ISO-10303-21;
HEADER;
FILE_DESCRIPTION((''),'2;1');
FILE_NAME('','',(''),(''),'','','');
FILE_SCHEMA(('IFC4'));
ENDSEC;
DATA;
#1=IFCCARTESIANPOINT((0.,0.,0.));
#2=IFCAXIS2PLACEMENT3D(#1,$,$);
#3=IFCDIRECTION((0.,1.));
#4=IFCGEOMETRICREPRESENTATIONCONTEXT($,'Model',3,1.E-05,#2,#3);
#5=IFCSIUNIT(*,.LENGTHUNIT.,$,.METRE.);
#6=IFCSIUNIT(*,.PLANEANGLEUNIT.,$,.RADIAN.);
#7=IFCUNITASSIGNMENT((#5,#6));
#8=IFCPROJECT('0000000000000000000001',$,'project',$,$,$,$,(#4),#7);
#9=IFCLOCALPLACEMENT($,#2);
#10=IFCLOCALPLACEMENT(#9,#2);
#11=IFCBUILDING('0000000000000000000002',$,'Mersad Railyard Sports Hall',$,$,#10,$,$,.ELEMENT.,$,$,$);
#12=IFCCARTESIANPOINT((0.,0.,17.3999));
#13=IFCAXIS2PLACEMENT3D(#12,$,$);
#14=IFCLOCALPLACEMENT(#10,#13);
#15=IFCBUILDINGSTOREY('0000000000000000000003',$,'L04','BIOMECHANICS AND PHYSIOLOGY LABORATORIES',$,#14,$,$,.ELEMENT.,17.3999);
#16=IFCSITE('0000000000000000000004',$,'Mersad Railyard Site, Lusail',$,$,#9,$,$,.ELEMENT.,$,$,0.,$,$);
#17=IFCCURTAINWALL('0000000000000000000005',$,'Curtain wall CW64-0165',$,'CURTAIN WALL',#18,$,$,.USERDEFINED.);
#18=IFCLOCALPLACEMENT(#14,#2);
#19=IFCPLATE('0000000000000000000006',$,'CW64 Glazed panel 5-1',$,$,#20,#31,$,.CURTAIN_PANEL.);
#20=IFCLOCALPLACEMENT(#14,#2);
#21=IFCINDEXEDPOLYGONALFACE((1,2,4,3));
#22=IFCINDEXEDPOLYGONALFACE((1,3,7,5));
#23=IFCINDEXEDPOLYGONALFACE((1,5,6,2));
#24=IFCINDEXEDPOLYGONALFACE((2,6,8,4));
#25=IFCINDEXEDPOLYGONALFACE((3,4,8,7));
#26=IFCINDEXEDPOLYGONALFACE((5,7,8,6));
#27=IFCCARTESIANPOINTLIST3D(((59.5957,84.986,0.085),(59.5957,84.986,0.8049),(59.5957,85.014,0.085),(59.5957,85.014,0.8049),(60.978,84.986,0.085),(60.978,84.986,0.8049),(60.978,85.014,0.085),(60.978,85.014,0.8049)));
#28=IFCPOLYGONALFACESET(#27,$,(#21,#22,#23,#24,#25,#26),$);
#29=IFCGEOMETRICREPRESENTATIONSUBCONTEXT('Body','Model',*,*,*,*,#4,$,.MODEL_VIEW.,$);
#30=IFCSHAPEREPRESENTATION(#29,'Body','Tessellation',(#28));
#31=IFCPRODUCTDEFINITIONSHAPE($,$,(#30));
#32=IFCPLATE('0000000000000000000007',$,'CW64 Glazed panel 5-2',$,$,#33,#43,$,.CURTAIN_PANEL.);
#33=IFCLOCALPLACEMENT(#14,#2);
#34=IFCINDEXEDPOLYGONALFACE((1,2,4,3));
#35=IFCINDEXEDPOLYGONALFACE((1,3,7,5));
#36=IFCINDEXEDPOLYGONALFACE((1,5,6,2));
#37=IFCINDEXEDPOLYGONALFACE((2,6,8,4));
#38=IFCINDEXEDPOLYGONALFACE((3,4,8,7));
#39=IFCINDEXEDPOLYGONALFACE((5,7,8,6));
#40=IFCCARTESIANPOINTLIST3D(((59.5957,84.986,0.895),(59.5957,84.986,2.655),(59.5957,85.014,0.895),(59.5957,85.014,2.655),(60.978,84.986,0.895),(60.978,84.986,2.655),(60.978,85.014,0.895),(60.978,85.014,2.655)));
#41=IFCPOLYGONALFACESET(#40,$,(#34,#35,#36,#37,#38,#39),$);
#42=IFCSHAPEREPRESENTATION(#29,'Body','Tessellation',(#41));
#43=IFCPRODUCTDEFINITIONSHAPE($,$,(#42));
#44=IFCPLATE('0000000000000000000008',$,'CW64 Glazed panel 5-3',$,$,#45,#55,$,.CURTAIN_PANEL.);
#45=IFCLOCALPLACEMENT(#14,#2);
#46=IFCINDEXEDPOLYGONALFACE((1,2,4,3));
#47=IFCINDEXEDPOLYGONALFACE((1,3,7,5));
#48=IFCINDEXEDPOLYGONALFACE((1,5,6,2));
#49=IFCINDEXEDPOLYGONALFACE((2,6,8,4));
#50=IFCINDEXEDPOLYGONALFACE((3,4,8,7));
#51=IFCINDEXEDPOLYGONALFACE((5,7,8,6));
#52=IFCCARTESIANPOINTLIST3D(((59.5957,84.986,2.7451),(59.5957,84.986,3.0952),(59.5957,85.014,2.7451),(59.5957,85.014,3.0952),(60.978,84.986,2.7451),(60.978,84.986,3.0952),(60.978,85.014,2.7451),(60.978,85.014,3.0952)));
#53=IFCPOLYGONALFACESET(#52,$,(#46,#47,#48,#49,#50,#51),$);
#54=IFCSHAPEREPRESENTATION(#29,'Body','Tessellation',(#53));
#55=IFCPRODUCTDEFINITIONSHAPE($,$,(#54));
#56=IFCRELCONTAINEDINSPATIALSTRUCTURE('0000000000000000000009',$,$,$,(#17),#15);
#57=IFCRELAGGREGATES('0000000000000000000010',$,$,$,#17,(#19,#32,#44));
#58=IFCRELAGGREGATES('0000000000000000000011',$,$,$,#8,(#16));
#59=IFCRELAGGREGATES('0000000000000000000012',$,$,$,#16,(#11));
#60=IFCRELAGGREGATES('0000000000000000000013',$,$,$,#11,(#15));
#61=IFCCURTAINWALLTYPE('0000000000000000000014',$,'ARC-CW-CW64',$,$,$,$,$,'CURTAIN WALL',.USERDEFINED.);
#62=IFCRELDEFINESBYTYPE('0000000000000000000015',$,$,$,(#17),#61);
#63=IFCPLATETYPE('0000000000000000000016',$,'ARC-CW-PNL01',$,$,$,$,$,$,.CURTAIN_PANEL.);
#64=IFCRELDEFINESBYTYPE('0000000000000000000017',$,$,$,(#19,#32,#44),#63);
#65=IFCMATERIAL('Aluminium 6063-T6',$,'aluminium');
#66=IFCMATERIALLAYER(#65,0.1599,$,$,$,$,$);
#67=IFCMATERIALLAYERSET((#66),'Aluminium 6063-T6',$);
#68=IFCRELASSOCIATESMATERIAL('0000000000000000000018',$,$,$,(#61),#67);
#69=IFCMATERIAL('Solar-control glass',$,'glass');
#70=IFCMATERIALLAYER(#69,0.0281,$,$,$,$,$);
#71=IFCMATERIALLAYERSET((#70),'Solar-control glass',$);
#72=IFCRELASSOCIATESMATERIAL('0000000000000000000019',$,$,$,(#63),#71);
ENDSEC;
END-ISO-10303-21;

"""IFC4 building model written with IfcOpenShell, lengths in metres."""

from ifc_helpers import new_model, si_unit, direction, frame, origin, origin_2d, place, context, subcontext, project, spatial, rectangle, extrude, material, layer, layer_set, type_object, element, aggregate, save


model = new_model("IFC4")

# Units and contexts
model_context = context("Model", 3, precision=1e-05, world=origin(), true_north=direction((0.0, 1.0)))
body_context = subcontext(model_context, "Body", "Model", "MODEL_VIEW")
ifc_project = project(units=[si_unit("LENGTHUNIT", "METRE"), si_unit("PLANEANGLEUNIT", "RADIAN")], contexts=[model_context])

# Site, building, storey
site_placement = place(None, origin())
site = spatial("IfcSite", under=ifc_project, at=site_placement, Name="Mersad Railyard Site, Lusail", CompositionType="ELEMENT", RefElevation=0.0)
building_placement = place(site_placement, origin())
building = spatial("IfcBuilding", under=site, at=building_placement, Name="Mersad Railyard Sports Hall", CompositionType="ELEMENT")
storey_placement = place(building_placement, frame((0.0, 0.0, 17.3999)))
storey = spatial("IfcBuildingStorey", under=building, at=storey_placement, Name="L04", Description="BIOMECHANICS AND PHYSIOLOGY LABORATORIES", CompositionType="ELEMENT", Elevation=17.3999)

# Curtain wall, plates
ifc_material_1 = material(Name="Aluminium 6063-T6", Category="aluminium")
ifc_layer_1 = layer(ifc_material_1, 0.1599)
ifc_layer_set_1 = layer_set([ifc_layer_1], Name="Aluminium 6063-T6")
curtain_wall_type = type_object("IfcCurtainWallType", Name="ARC-CW-CW64", ElementType="CURTAIN WALL", PredefinedType="USERDEFINED", material=ifc_layer_set_1)
curtain_wall_placement = place(storey_placement, origin())
curtain_wall = element("IfcCurtainWall", 1, at=curtain_wall_placement, inside=storey, type_object=curtain_wall_type, Name="Curtain wall CW64-0165", ObjectType="CURTAIN WALL", PredefinedType="USERDEFINED")
ifc_material_2 = material(Name="Solar-control glass", Category="glass")
ifc_layer_2 = layer(ifc_material_2, 0.0281)
ifc_layer_set_2 = layer_set([ifc_layer_2], Name="Solar-control glass")
plate_type = type_object("IfcPlateType", Name="ARC-CW-PNL01", PredefinedType="CURTAIN_PANEL", material=ifc_layer_set_2)
plate_1_placement = place(storey_placement, frame((60.2869, 85.0, 0.085), z_axis=(0.0, 0.0, 1.0), x_axis=(-1.0, 0.0, 0.0)))
plate_1 = element("IfcPlate", 2, at=plate_1_placement, type_object=plate_type, Name="CW64 Glazed panel 5-1", PredefinedType="CURTAIN_PANEL", context=body_context, shape_type="SweptSolid", body=[
    extrude(rectangle(XDim=1.3823, YDim=0.0281, at=origin_2d()), origin(), (0.0, 0.0, 1.0), 0.72),
])
plate_2_placement = place(storey_placement, frame((60.2869, 85.0, 0.895), z_axis=(0.0, 0.0, 1.0), x_axis=(-1.0, 0.0, 0.0)))
plate_2 = element("IfcPlate", 3, at=plate_2_placement, type_object=plate_type, Name="CW64 Glazed panel 5-2", PredefinedType="CURTAIN_PANEL", context=body_context, shape_type="SweptSolid", body=[
    extrude(rectangle(XDim=1.3823, YDim=0.0281, at=origin_2d()), origin(), (0.0, 0.0, 1.0), 1.76),
])
plate_3_placement = place(storey_placement, frame((60.2869, 85.0, 2.7451), z_axis=(0.0, 0.0, 1.0), x_axis=(-1.0, 0.0, 0.0)))
plate_3 = element("IfcPlate", 4, at=plate_3_placement, type_object=plate_type, Name="CW64 Glazed panel 5-3", PredefinedType="CURTAIN_PANEL", context=body_context, shape_type="SweptSolid", body=[
    extrude(rectangle(XDim=1.3823, YDim=0.0281, at=origin_2d()), origin(), (0.0, 0.0, 1.0), 0.3501),
])
aggregate(curtain_wall, [plate_1, plate_2, plate_3])

save(model, "model.ifc")
